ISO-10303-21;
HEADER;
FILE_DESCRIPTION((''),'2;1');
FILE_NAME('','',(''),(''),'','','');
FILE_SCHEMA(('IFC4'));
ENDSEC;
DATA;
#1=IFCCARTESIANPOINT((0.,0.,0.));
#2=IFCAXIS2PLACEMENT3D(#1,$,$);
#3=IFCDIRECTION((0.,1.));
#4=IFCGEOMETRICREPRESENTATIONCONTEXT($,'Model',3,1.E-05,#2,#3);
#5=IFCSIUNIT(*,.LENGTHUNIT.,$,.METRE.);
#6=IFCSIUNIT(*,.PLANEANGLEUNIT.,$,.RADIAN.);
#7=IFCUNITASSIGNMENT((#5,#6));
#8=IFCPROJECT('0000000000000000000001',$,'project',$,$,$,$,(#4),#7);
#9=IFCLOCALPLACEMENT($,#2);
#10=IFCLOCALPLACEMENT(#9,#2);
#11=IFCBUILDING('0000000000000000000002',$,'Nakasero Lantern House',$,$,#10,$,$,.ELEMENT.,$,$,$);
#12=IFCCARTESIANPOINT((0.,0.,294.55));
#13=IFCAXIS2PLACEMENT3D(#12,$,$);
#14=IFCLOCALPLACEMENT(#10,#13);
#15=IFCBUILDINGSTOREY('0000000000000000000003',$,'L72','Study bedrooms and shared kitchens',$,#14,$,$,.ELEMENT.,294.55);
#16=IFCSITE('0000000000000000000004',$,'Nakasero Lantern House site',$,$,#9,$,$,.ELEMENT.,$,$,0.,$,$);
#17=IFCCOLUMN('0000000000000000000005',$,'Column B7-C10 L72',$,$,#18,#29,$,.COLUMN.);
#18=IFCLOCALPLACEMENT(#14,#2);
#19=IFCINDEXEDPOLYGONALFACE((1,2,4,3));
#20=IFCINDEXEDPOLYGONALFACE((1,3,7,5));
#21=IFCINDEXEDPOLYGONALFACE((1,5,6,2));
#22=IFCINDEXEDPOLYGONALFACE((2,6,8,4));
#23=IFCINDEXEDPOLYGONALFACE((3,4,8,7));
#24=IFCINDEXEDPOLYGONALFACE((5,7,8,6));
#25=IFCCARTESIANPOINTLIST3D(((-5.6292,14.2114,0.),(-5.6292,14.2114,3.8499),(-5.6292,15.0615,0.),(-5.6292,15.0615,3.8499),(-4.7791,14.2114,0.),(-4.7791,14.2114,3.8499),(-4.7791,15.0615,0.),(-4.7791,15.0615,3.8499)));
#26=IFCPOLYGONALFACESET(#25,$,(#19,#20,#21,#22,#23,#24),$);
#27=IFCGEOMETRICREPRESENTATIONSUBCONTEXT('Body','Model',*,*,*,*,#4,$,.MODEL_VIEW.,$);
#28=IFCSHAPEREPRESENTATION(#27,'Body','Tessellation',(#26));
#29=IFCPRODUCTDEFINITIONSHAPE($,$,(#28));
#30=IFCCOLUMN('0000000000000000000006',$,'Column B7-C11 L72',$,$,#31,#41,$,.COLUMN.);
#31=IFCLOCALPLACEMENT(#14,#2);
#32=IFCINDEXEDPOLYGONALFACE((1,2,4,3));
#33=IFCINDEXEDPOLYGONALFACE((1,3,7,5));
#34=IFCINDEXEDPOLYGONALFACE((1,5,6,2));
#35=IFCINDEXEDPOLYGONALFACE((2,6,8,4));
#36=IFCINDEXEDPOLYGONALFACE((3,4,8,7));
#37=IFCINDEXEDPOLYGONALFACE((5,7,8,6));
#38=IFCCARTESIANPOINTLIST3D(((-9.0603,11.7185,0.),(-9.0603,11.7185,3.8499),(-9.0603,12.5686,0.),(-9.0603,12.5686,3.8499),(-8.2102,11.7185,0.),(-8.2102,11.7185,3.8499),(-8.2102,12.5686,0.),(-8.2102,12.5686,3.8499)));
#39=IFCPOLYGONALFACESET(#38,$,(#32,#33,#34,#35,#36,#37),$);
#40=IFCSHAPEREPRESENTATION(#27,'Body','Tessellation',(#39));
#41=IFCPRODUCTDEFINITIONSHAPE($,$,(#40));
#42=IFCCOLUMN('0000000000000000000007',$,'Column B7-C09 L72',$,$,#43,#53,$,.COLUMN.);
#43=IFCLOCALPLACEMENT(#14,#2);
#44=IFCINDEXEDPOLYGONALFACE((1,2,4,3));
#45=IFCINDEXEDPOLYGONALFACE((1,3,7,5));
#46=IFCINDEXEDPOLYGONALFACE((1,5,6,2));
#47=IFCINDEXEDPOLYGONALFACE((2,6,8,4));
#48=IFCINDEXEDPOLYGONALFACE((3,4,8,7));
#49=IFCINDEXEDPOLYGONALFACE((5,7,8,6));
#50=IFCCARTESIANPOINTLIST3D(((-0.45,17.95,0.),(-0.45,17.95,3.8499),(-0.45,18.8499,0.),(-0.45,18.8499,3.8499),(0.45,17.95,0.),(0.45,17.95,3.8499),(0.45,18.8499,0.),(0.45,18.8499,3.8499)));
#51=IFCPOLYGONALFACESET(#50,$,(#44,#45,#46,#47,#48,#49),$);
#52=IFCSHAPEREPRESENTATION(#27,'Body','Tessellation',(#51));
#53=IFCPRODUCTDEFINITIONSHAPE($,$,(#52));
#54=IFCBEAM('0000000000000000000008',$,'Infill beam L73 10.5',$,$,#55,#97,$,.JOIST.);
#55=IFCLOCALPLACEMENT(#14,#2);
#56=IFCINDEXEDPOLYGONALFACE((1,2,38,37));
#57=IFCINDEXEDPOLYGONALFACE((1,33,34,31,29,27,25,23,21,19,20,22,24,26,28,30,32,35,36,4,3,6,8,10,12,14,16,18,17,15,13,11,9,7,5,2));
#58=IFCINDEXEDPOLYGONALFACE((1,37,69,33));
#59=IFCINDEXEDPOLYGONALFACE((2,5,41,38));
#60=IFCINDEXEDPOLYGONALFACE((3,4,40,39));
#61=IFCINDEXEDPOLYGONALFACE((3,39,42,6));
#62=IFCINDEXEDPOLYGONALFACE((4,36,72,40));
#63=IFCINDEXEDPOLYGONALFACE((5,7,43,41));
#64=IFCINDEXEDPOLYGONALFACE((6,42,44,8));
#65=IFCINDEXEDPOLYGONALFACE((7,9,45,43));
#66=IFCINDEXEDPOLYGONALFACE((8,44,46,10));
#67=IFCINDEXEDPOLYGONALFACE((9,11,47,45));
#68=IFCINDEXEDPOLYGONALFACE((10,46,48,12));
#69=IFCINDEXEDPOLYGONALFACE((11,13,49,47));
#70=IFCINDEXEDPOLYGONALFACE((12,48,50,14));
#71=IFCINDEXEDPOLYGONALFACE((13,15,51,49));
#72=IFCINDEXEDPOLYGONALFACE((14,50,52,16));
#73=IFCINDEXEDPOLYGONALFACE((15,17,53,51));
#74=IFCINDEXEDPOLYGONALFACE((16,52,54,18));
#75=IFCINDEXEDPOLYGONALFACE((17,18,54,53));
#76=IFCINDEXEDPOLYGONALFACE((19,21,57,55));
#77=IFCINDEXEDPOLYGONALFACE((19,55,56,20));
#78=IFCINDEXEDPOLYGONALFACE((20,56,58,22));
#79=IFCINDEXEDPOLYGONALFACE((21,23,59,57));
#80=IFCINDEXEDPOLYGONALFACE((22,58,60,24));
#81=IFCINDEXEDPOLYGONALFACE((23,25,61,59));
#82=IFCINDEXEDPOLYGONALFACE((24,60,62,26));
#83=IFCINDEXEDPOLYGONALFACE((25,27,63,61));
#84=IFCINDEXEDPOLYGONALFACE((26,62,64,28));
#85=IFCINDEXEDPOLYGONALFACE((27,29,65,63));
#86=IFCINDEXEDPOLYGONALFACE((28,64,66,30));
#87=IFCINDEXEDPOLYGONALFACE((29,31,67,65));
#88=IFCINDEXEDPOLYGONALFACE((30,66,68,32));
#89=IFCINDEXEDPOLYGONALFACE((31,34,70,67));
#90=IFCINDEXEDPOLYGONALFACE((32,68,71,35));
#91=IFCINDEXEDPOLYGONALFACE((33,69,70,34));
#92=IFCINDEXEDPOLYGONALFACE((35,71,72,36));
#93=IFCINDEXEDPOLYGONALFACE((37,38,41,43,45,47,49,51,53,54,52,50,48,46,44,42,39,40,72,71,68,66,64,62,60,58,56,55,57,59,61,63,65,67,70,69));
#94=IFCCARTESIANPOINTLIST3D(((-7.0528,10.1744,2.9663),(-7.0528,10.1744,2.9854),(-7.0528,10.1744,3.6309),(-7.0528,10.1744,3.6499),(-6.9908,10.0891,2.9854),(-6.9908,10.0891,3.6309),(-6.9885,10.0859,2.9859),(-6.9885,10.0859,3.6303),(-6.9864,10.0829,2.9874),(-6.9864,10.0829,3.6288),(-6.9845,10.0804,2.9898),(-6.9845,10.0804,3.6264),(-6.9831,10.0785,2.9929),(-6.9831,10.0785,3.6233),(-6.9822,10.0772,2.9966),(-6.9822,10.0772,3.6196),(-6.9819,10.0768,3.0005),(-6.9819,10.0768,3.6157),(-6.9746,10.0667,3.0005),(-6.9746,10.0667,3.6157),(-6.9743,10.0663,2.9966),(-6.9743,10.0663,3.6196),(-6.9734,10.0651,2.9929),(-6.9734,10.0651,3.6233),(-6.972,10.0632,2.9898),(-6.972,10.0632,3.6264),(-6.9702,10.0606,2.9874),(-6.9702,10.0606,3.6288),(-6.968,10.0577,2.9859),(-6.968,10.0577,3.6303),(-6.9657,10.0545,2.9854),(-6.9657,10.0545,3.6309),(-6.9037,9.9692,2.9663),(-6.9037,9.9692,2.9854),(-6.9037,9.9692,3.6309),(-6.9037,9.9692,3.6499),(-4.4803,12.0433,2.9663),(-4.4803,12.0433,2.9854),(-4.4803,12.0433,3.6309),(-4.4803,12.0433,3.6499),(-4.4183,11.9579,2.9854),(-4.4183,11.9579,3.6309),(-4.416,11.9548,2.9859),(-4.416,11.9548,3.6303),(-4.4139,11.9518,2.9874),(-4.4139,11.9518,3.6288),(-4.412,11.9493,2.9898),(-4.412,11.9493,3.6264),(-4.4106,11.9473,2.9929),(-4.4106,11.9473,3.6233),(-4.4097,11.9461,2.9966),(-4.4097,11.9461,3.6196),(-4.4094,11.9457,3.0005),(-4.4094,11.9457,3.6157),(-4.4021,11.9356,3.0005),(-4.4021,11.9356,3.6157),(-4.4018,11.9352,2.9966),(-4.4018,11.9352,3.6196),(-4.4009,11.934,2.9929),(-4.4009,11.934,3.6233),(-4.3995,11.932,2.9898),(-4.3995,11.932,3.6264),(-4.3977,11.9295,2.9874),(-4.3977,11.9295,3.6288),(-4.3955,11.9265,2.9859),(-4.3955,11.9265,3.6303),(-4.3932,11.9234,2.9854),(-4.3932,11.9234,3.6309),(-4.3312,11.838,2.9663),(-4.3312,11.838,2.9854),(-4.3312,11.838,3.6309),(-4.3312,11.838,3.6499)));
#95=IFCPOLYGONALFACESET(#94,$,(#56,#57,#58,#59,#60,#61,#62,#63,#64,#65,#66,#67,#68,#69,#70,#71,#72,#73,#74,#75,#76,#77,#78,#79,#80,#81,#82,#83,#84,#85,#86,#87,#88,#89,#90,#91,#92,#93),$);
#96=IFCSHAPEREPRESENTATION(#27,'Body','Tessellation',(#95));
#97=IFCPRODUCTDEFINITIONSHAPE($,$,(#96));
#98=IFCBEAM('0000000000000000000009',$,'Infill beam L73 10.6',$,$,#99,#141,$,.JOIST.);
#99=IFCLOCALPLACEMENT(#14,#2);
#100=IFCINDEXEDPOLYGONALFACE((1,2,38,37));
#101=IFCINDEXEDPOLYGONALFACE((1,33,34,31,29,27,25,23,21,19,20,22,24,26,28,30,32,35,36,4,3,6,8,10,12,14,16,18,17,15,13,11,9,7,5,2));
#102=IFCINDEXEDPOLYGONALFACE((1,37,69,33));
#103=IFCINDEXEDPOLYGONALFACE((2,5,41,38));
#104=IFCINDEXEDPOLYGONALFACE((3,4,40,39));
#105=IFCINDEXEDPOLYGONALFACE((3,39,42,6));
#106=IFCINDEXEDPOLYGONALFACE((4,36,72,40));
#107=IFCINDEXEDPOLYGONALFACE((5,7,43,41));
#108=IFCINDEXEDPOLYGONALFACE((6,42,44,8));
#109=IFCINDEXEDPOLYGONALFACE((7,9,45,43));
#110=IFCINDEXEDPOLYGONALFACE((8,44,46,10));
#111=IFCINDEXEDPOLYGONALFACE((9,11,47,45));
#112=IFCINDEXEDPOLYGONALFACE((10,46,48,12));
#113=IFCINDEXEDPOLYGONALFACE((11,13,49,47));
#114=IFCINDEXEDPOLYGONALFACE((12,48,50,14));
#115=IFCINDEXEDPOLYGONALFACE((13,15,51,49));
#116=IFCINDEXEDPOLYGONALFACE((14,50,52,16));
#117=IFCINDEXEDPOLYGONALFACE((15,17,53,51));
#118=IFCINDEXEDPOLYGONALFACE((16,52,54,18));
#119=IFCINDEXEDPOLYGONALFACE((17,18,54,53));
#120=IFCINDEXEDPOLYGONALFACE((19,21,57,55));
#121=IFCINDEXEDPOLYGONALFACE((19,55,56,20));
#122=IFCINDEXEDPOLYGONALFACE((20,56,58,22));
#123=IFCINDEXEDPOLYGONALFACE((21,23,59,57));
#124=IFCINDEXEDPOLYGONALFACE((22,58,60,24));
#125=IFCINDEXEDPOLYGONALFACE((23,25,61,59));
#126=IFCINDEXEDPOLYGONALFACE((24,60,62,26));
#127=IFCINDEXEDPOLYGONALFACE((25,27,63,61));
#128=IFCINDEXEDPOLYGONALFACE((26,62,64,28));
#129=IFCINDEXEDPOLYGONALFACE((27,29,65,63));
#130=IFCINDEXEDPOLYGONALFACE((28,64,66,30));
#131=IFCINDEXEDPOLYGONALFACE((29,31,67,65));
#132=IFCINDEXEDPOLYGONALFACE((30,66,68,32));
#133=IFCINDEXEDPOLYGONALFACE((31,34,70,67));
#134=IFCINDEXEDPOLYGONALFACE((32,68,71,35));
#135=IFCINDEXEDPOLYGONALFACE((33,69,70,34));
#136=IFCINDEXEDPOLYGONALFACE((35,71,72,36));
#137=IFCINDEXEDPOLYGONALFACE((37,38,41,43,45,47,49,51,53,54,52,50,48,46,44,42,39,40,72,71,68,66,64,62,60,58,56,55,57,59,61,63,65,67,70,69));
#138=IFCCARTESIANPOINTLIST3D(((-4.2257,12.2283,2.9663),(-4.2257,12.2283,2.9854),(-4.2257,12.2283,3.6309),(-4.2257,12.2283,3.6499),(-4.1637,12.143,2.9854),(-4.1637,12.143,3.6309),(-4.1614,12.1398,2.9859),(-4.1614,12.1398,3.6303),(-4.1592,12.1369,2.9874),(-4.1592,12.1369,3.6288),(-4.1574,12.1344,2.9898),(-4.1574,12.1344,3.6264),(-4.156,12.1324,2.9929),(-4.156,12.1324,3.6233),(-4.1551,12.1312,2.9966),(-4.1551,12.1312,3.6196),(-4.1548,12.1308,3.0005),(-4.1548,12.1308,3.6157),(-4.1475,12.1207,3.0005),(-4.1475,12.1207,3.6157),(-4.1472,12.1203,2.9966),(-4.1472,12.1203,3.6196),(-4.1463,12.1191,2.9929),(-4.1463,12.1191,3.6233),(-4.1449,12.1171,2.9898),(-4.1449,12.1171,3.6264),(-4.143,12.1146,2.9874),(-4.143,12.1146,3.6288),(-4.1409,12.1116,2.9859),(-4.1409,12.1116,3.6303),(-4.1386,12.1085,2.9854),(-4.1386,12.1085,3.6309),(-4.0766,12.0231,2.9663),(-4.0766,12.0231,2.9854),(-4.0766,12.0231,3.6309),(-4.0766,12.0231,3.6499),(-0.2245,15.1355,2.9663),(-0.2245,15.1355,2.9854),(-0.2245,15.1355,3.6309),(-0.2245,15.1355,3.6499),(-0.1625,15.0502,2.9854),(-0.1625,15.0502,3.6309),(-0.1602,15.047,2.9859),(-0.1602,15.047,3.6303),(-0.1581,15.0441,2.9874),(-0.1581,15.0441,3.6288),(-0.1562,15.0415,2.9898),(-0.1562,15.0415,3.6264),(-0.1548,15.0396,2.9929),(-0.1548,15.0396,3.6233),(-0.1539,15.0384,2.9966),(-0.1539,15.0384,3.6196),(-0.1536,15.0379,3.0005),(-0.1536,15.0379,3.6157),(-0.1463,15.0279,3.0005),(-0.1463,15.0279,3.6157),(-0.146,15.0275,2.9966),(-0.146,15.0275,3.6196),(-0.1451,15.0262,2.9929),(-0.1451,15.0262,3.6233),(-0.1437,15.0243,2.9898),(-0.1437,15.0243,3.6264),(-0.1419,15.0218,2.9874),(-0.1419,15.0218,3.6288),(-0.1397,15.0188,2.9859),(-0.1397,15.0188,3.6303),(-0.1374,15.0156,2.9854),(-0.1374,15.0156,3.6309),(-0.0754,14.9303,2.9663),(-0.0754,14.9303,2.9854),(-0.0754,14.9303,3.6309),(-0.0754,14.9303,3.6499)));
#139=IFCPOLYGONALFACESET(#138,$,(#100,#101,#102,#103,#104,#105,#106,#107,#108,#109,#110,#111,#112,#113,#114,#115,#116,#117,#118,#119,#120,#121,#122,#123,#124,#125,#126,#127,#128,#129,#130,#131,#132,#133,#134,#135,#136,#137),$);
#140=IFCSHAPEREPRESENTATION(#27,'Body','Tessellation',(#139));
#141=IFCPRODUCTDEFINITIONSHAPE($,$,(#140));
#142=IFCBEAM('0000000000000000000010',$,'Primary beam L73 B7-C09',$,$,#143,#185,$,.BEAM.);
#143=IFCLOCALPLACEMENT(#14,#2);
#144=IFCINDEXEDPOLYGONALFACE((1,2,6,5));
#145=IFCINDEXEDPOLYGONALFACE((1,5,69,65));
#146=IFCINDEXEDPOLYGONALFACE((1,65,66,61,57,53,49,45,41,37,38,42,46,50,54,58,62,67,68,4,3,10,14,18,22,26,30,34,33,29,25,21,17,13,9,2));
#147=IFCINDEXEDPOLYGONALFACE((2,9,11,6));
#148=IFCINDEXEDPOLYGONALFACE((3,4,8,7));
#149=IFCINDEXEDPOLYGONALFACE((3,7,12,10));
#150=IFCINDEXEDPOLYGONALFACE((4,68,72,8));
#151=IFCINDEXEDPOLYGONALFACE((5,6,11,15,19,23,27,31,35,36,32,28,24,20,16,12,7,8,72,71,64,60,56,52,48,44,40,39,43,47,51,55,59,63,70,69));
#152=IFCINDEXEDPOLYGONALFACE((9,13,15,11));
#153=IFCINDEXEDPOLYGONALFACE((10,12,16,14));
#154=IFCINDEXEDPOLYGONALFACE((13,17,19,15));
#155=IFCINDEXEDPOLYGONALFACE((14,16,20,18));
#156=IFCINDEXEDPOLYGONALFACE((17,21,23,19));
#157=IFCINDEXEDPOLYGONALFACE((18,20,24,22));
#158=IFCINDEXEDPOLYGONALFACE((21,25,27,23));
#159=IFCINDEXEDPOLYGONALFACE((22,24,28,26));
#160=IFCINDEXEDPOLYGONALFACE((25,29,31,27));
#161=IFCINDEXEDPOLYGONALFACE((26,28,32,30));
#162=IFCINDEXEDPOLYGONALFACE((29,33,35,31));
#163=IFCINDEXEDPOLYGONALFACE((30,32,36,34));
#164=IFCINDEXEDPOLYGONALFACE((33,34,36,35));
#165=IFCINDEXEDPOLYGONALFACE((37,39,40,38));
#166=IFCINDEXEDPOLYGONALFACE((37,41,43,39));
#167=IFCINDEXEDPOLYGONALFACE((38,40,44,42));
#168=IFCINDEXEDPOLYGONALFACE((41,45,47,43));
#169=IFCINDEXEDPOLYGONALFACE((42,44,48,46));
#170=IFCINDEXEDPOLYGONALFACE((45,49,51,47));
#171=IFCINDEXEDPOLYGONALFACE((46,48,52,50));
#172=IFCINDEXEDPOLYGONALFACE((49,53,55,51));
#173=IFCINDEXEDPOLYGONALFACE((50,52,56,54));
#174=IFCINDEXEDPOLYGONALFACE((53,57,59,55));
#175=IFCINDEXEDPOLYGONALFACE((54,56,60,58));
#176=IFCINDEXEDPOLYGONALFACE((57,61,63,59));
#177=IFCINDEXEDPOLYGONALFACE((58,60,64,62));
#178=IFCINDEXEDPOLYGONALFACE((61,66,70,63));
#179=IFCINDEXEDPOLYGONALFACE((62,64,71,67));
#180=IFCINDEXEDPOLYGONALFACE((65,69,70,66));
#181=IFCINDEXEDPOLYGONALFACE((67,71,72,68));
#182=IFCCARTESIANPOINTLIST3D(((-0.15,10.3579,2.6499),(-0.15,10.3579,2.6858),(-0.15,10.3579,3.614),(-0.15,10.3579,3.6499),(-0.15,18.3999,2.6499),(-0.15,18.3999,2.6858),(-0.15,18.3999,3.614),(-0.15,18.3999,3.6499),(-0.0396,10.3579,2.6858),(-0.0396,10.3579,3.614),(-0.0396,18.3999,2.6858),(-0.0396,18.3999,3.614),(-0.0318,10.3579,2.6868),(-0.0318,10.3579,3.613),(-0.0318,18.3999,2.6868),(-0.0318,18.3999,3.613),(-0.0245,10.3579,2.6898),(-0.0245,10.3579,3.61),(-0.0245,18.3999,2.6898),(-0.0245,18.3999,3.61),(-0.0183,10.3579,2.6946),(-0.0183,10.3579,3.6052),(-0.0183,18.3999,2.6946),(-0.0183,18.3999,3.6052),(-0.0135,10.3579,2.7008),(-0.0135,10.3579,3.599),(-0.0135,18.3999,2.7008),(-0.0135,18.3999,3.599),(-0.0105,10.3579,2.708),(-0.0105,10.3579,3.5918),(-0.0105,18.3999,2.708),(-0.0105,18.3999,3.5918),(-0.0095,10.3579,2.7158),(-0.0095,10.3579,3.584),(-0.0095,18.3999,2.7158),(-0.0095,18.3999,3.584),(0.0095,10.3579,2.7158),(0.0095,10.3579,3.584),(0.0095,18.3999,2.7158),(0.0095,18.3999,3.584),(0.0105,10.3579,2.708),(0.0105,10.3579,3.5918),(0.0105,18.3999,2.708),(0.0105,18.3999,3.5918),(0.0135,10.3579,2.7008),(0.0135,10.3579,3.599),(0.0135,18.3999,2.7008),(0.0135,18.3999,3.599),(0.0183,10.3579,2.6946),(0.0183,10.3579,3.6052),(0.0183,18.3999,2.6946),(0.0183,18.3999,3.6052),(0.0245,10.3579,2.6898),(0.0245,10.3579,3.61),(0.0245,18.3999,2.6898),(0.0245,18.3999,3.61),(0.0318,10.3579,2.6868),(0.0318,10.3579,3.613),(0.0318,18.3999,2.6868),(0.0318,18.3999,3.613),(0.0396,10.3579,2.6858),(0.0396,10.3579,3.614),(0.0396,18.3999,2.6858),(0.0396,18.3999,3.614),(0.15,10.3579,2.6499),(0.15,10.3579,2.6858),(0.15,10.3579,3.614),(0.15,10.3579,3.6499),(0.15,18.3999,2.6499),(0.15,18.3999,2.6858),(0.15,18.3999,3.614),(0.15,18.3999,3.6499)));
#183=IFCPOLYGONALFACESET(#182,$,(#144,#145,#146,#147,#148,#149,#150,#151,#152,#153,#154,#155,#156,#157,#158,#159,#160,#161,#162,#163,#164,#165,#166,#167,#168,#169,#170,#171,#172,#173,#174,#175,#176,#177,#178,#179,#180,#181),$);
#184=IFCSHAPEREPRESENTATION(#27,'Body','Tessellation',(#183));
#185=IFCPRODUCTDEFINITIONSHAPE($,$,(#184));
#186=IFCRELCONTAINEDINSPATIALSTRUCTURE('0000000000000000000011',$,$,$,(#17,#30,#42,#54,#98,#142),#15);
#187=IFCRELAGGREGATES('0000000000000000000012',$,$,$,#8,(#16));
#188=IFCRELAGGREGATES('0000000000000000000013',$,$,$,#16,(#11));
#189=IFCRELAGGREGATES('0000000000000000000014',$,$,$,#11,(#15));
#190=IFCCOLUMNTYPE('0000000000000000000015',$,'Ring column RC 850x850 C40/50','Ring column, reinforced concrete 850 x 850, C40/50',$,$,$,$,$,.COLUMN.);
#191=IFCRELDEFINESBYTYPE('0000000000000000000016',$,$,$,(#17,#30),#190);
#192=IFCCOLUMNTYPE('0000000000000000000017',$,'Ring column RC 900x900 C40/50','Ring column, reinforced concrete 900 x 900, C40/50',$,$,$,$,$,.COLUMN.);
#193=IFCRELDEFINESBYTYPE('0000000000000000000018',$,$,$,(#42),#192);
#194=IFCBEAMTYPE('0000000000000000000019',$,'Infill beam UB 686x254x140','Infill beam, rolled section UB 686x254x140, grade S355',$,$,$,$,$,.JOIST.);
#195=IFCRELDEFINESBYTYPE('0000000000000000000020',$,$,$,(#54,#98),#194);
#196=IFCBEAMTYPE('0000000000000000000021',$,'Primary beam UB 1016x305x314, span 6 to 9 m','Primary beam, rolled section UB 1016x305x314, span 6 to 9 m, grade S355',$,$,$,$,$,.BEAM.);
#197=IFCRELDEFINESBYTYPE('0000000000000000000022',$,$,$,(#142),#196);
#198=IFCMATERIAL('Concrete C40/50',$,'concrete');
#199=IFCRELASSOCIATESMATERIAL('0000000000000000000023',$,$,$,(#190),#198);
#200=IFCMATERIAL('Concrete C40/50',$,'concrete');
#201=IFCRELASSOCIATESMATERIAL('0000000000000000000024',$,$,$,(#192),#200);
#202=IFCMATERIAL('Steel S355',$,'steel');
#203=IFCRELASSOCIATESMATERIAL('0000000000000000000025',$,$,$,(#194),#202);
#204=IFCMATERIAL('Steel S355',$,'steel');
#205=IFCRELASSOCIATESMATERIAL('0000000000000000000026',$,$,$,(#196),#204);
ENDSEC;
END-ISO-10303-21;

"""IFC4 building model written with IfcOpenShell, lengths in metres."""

from ifc_helpers import new_model, si_unit, direction, frame, origin, origin_2d, place, context, subcontext, project, spatial, rectangle, i_section, extrude, material, material_profile, profile_set, type_object, element, save


model = new_model("IFC4")

# Units and contexts
model_context = context("Model", 3, precision=1e-05, world=origin(), true_north=direction((0.0, 1.0)))
body_context = subcontext(model_context, "Body", "Model", "MODEL_VIEW")
ifc_project = project(units=[si_unit("LENGTHUNIT", "METRE"), si_unit("PLANEANGLEUNIT", "RADIAN")], contexts=[model_context])

# Site, building, storey
site_placement = place(None, origin())
site = spatial("IfcSite", under=ifc_project, at=site_placement, Name="Nakasero Lantern House site", CompositionType="ELEMENT", RefElevation=0.0)
building_placement = place(site_placement, origin())
building = spatial("IfcBuilding", under=site, at=building_placement, Name="Nakasero Lantern House", CompositionType="ELEMENT")
storey_placement = place(building_placement, frame((0.0, 0.0, 294.55)))
storey = spatial("IfcBuildingStorey", under=building, at=storey_placement, Name="L72", Description="Study bedrooms and shared kitchens", CompositionType="ELEMENT", Elevation=294.55)

# Columns
ifc_material_1 = material(Name="Concrete C40/50", Category="concrete")
ifc_material_profile_1 = material_profile(ifc_material_1, rectangle(XDim=0.8501, YDim=0.8501, at=origin_2d()), Name="RC 850x850")
ifc_profile_set_1 = profile_set([ifc_material_profile_1], Name="Concrete C40/50")
column_type_1 = type_object("IfcColumnType", Name="Ring column RC 850x850 C40/50", Description="Ring column, reinforced concrete 850 x 850, C40/50", PredefinedType="COLUMN", material=ifc_profile_set_1)
for number, where, z_axis, x_axis, name in (
    (1, (-5.2041, 14.6365, 0.0), (0.0, 0.0, 1.0), (1.0, 0.0, 0.0), "Column B7-C10 L72"),
    (2, (-8.6353, 12.1436, 0.0), (0.0, 0.0, 1.0), (1.0, 0.0, 0.0), "Column B7-C11 L72"),
):
    element("IfcColumn", number, at=place(storey_placement, frame(where, z_axis=z_axis, x_axis=x_axis)), inside=storey, type_object=column_type_1, Name=name, PredefinedType="COLUMN", context=body_context, shape_type="SweptSolid", body=[
        extrude(rectangle(XDim=0.8501, YDim=0.8501, at=origin_2d()), origin(), (0.0, 0.0, 1.0), 3.8499),
    ])
ifc_material_2 = material(Name="Concrete C40/50", Category="concrete")
ifc_material_profile_2 = material_profile(ifc_material_2, rectangle(XDim=0.8999, YDim=0.8999, at=origin_2d()), Name="RC 900x900")
ifc_profile_set_2 = profile_set([ifc_material_profile_2], Name="Concrete C40/50")
column_type_2 = type_object("IfcColumnType", Name="Ring column RC 900x900 C40/50", Description="Ring column, reinforced concrete 900 x 900, C40/50", PredefinedType="COLUMN", material=ifc_profile_set_2)
column_placement = place(storey_placement, frame((0.0, 18.3999, 0.0), z_axis=(0.0, 0.0, 1.0), x_axis=(1.0, 0.0, 0.0)))
element("IfcColumn", 3, at=column_placement, inside=storey, type_object=column_type_2, Name="Column B7-C09 L72", PredefinedType="COLUMN", context=body_context, shape_type="SweptSolid", body=[
    extrude(rectangle(XDim=0.8999, YDim=0.8999, at=origin_2d()), origin(), (0.0, 0.0, 1.0), 3.8499),
])

# Beams
ifc_material_3 = material(Name="Steel S355", Category="steel")
ifc_material_profile_3 = material_profile(ifc_material_3, i_section(OverallWidth=0.2537, OverallDepth=0.6836, WebThickness=0.0125, FlangeThickness=0.019, FilletRadius=0.0151, at=origin_2d()), Name="UB 686x254x140")
ifc_profile_set_3 = profile_set([ifc_material_profile_3], Name="Steel S355")
beam_type_1 = type_object("IfcBeamType", Name="Infill beam UB 686x254x140", Description="Infill beam, rolled section UB 686x254x140, grade S355", PredefinedType="JOIST", material=ifc_profile_set_3)
beam_1_placement = place(storey_placement, frame((-6.9783, 10.0718, 3.3081), z_axis=(0.809038, 0.587756, 0.0), x_axis=(-0.587756, 0.809038, 0.0)))
element("IfcBeam", 4, at=beam_1_placement, inside=storey, type_object=beam_type_1, Name="Infill beam L73 10.5", PredefinedType="JOIST", context=body_context, shape_type="SweptSolid", body=[
    extrude(i_section(OverallWidth=0.2537, OverallDepth=0.6836, WebThickness=0.0125, FlangeThickness=0.019, FilletRadius=0.0151, at=origin_2d()), origin(), (0.0, 0.0, 1.0), 3.1797),
])
beam_2_placement = place(storey_placement, frame((-4.1511, 12.1257, 3.3081), z_axis=(0.809001, 0.587808, 0.0), x_axis=(-0.587808, 0.809001, 0.0)))
element("IfcBeam", 5, at=beam_2_placement, inside=storey, type_object=beam_type_1, Name="Infill beam L73 10.6", PredefinedType="JOIST", context=body_context, shape_type="SweptSolid", body=[
    extrude(i_section(OverallWidth=0.2537, OverallDepth=0.6836, WebThickness=0.0125, FlangeThickness=0.019, FilletRadius=0.0151, at=origin_2d()), origin(), (0.0, 0.0, 1.0), 4.9458),
])
ifc_material_4 = material(Name="Steel S355", Category="steel")
ifc_material_profile_4 = material_profile(ifc_material_4, i_section(OverallWidth=0.3, OverallDepth=1.0, WebThickness=0.019, FlangeThickness=0.0359, FilletRadius=0.03, at=origin_2d()), Name="UB 1016x305x314")
ifc_profile_set_4 = profile_set([ifc_material_profile_4], Name="Steel S355")
beam_type_2 = type_object("IfcBeamType", Name="Primary beam UB 1016x305x314, span 6 to 9 m", Description="Primary beam, rolled section UB 1016x305x314, span 6 to 9 m, grade S355", PredefinedType="BEAM", material=ifc_profile_set_4)
beam_3_placement = place(storey_placement, frame((0.0, 18.3999, 3.1499), z_axis=(0.0, -1.0, 0.0), x_axis=(1.0, 0.0, 0.0)))
element("IfcBeam", 6, at=beam_3_placement, inside=storey, type_object=beam_type_2, Name="Primary beam L73 B7-C09", PredefinedType="BEAM", context=body_context, shape_type="SweptSolid", body=[
    extrude(i_section(OverallWidth=0.3, OverallDepth=1.0, WebThickness=0.019, FlangeThickness=0.0359, FilletRadius=0.03, at=origin_2d()), origin(), (0.0, 0.0, 1.0), 8.042),
])

save(model, "model.ifc")
